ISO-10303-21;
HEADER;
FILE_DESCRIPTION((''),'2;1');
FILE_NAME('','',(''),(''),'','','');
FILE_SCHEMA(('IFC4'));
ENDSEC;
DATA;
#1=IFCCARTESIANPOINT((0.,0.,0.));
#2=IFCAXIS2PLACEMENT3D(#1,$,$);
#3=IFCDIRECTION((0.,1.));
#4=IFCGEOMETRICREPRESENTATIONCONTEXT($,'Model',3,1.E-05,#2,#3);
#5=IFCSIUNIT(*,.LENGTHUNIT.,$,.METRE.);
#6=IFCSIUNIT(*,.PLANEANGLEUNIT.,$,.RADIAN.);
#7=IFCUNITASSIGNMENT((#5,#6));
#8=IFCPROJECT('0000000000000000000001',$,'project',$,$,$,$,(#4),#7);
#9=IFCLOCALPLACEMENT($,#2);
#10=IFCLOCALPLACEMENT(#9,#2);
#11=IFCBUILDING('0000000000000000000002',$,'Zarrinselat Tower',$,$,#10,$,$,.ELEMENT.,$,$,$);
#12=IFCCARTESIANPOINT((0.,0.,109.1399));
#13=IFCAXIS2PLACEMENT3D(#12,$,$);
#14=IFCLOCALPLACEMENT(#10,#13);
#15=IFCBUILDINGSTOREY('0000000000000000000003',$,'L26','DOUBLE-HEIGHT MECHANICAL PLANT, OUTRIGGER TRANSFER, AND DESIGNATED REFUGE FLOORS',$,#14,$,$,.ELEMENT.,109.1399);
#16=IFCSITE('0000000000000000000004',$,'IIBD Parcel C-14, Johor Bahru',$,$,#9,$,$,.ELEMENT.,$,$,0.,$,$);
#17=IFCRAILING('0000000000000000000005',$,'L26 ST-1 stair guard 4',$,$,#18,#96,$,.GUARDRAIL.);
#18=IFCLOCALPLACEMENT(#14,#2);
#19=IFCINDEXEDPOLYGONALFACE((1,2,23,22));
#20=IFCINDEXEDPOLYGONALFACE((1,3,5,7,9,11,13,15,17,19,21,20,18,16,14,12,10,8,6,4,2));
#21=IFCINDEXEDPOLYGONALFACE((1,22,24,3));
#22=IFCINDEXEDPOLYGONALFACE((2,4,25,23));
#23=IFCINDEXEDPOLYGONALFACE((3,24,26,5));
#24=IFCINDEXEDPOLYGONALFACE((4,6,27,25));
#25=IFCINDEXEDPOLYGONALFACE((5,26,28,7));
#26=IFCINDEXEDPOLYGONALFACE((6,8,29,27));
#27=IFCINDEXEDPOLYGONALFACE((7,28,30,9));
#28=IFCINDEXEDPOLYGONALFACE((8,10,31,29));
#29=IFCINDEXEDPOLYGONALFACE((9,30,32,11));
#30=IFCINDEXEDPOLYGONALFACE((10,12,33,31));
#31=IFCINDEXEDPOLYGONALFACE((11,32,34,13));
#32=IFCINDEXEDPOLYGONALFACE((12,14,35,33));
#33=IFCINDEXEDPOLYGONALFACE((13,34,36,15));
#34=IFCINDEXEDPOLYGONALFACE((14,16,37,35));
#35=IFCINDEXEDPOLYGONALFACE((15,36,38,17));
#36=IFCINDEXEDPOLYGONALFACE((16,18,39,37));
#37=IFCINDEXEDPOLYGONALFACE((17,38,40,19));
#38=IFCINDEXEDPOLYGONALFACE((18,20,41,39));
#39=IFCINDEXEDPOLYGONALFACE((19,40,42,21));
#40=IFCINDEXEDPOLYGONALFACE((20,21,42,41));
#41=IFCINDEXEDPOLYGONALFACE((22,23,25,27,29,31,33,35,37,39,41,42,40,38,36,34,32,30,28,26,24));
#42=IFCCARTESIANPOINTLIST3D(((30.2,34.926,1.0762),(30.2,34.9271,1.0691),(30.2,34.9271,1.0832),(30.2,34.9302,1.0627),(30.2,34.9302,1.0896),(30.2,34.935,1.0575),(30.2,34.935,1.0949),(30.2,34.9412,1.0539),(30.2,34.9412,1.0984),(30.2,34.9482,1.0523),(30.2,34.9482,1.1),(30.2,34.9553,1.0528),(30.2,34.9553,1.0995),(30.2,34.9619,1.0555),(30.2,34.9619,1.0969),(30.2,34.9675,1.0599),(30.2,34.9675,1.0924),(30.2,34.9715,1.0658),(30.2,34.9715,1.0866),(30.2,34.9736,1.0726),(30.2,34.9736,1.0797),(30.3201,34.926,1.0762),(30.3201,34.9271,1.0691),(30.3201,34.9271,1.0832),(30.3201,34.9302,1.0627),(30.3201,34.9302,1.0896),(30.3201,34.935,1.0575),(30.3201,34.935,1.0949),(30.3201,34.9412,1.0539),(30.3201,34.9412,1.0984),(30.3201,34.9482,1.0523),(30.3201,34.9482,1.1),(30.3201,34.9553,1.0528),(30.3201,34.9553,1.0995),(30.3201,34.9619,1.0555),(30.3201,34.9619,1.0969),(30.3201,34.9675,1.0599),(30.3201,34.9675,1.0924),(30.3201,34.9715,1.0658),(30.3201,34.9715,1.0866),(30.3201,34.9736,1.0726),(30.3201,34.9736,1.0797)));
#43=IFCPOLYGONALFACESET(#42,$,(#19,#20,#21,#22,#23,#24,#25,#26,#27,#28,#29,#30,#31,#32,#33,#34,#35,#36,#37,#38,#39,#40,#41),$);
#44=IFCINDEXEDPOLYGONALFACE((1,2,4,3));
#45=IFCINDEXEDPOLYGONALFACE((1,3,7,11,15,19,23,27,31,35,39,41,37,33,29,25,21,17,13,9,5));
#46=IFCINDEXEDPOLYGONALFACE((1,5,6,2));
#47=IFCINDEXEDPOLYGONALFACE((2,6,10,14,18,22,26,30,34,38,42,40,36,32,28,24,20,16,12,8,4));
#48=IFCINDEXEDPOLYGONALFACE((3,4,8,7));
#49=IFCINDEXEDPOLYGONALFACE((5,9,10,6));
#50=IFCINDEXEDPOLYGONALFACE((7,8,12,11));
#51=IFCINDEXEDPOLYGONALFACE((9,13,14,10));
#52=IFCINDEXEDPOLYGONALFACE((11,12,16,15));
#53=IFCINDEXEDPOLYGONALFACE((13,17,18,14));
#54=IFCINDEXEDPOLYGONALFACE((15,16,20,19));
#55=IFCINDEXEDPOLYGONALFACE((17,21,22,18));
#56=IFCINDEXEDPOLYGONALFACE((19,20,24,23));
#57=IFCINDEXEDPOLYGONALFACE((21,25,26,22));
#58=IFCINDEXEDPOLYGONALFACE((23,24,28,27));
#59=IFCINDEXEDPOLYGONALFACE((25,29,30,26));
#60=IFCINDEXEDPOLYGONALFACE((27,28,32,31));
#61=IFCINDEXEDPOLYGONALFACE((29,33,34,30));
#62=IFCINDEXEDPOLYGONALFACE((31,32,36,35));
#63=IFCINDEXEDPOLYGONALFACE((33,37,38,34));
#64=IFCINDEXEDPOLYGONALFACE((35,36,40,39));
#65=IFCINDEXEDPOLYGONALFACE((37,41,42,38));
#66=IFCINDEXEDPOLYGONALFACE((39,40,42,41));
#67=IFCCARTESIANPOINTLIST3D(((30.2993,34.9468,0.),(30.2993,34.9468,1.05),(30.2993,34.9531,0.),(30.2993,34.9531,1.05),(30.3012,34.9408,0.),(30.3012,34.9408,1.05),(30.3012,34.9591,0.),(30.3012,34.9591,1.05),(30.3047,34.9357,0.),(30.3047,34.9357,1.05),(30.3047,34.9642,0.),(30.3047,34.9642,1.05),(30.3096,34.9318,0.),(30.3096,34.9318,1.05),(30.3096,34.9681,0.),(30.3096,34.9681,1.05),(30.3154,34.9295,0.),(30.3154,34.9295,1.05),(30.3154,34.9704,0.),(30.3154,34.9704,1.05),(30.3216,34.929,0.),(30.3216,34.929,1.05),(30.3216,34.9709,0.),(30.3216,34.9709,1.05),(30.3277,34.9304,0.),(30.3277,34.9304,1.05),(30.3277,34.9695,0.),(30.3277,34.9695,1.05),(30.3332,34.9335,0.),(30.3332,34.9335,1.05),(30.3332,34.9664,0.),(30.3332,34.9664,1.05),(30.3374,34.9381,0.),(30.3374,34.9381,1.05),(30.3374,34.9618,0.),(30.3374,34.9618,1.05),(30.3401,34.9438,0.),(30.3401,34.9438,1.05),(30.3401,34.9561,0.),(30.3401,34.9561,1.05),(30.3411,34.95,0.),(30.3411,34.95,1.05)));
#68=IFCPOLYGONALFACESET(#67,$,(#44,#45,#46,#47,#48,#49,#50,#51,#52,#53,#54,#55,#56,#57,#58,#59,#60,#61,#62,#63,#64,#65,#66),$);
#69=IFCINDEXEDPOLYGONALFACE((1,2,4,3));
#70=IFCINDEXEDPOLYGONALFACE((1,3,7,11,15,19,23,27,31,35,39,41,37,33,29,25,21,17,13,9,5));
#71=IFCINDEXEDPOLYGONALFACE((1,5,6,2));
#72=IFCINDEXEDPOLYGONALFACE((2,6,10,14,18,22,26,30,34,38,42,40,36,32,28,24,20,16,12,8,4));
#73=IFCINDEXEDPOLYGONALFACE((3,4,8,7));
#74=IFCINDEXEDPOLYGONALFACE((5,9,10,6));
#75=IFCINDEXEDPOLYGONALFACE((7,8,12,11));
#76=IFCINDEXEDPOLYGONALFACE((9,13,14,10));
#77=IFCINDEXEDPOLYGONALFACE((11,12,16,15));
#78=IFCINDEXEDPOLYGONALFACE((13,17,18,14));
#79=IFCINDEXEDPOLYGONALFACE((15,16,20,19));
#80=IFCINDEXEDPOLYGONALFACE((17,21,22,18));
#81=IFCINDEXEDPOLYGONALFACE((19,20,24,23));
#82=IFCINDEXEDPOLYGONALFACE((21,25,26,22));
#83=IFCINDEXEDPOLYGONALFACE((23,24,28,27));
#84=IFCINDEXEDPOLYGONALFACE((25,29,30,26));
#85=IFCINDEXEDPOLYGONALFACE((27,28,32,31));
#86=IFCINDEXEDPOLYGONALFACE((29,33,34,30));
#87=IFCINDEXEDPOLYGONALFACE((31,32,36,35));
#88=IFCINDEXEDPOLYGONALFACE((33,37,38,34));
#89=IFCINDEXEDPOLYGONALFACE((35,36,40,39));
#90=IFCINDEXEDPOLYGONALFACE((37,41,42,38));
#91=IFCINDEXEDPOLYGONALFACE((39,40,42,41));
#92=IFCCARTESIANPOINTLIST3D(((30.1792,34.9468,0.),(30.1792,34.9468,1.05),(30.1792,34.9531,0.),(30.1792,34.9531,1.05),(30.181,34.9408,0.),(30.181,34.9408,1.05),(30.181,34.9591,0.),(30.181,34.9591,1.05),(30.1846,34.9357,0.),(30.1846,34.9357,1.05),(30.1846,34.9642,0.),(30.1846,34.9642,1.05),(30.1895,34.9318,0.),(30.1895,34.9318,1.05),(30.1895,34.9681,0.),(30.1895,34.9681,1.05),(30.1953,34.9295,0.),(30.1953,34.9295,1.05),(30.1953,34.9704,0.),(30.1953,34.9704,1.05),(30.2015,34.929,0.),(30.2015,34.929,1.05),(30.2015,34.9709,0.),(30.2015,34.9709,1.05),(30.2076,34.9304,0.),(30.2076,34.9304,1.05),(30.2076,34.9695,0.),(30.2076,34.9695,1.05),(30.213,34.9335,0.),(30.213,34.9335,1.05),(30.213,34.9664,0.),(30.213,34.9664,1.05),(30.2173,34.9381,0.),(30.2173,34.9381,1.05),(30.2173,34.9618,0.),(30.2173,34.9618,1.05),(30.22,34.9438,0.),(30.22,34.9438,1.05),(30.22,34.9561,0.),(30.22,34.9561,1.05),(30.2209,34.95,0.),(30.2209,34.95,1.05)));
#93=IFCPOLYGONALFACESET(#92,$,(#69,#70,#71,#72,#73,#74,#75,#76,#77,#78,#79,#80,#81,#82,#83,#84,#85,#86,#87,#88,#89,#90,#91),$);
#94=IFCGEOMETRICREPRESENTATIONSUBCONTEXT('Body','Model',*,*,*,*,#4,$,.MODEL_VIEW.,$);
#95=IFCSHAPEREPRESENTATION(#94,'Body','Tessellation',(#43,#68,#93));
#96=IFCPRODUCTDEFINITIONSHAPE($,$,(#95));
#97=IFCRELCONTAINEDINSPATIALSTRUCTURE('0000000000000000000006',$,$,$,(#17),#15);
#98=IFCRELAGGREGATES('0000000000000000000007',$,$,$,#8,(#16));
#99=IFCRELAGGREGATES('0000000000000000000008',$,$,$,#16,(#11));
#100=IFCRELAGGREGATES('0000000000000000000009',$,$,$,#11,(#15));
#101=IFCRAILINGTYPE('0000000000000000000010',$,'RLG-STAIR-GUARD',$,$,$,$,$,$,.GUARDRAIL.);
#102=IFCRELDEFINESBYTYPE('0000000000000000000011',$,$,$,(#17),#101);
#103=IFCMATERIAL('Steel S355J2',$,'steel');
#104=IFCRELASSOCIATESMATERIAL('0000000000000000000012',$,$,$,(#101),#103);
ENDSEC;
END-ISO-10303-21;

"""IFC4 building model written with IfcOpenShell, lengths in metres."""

from ifc_helpers import new_model, si_unit, direction, frame, origin, origin_2d, place, context, subcontext, project, spatial, circle, extrude, material, type_object, element, save


model = new_model("IFC4")

# Units and contexts
model_context = context("Model", 3, precision=1e-05, world=origin(), true_north=direction((0.0, 1.0)))
body_context = subcontext(model_context, "Body", "Model", "MODEL_VIEW")
ifc_project = project(units=[si_unit("LENGTHUNIT", "METRE"), si_unit("PLANEANGLEUNIT", "RADIAN")], contexts=[model_context])

# Site, building, storey
site_placement = place(None, origin())
site = spatial("IfcSite", under=ifc_project, at=site_placement, Name="IIBD Parcel C-14, Johor Bahru", CompositionType="ELEMENT", RefElevation=0.0)
building_placement = place(site_placement, origin())
building = spatial("IfcBuilding", under=site, at=building_placement, Name="Zarrinselat Tower", CompositionType="ELEMENT")
storey_placement = place(building_placement, frame((0.0, 0.0, 109.1399)))
storey = spatial("IfcBuildingStorey", under=building, at=storey_placement, Name="L26", Description="DOUBLE-HEIGHT MECHANICAL PLANT, OUTRIGGER TRANSFER, AND DESIGNATED REFUGE FLOORS", CompositionType="ELEMENT", Elevation=109.1399)

# Railing
ifc_material_1 = material(Name="Steel S355J2", Category="steel")
railing_type_1 = type_object("IfcRailingType", Name="RLG-STAIR-GUARD", PredefinedType="GUARDRAIL", material=ifc_material_1)
railing_1_placement = place(storey_placement, frame((30.3201, 34.95, 0.0)))
element("IfcRailing", 1, at=railing_1_placement, inside=storey, type_object=railing_type_1, Name="L26 ST-1 stair guard 4", PredefinedType="GUARDRAIL", context=body_context, shape_type="SweptSolid", body=[
    extrude(circle(Radius=0.0239, at=origin_2d()), frame((0.0, 0.0, 1.0762), z_axis=(-1.0, 0.0, 0.0), x_axis=(0.0, -1.0, 0.0)), (0.0, 0.0, 1.0), 0.1201),
    extrude(circle(Radius=0.021, at=origin_2d()), origin(), (0.0, 0.0, 1.0), 1.05),
    extrude(circle(Radius=0.021, at=origin_2d()), frame((-0.1201, 0.0, 0.0)), (0.0, 0.0, 1.0), 1.05),
])

save(model, "model.ifc")
